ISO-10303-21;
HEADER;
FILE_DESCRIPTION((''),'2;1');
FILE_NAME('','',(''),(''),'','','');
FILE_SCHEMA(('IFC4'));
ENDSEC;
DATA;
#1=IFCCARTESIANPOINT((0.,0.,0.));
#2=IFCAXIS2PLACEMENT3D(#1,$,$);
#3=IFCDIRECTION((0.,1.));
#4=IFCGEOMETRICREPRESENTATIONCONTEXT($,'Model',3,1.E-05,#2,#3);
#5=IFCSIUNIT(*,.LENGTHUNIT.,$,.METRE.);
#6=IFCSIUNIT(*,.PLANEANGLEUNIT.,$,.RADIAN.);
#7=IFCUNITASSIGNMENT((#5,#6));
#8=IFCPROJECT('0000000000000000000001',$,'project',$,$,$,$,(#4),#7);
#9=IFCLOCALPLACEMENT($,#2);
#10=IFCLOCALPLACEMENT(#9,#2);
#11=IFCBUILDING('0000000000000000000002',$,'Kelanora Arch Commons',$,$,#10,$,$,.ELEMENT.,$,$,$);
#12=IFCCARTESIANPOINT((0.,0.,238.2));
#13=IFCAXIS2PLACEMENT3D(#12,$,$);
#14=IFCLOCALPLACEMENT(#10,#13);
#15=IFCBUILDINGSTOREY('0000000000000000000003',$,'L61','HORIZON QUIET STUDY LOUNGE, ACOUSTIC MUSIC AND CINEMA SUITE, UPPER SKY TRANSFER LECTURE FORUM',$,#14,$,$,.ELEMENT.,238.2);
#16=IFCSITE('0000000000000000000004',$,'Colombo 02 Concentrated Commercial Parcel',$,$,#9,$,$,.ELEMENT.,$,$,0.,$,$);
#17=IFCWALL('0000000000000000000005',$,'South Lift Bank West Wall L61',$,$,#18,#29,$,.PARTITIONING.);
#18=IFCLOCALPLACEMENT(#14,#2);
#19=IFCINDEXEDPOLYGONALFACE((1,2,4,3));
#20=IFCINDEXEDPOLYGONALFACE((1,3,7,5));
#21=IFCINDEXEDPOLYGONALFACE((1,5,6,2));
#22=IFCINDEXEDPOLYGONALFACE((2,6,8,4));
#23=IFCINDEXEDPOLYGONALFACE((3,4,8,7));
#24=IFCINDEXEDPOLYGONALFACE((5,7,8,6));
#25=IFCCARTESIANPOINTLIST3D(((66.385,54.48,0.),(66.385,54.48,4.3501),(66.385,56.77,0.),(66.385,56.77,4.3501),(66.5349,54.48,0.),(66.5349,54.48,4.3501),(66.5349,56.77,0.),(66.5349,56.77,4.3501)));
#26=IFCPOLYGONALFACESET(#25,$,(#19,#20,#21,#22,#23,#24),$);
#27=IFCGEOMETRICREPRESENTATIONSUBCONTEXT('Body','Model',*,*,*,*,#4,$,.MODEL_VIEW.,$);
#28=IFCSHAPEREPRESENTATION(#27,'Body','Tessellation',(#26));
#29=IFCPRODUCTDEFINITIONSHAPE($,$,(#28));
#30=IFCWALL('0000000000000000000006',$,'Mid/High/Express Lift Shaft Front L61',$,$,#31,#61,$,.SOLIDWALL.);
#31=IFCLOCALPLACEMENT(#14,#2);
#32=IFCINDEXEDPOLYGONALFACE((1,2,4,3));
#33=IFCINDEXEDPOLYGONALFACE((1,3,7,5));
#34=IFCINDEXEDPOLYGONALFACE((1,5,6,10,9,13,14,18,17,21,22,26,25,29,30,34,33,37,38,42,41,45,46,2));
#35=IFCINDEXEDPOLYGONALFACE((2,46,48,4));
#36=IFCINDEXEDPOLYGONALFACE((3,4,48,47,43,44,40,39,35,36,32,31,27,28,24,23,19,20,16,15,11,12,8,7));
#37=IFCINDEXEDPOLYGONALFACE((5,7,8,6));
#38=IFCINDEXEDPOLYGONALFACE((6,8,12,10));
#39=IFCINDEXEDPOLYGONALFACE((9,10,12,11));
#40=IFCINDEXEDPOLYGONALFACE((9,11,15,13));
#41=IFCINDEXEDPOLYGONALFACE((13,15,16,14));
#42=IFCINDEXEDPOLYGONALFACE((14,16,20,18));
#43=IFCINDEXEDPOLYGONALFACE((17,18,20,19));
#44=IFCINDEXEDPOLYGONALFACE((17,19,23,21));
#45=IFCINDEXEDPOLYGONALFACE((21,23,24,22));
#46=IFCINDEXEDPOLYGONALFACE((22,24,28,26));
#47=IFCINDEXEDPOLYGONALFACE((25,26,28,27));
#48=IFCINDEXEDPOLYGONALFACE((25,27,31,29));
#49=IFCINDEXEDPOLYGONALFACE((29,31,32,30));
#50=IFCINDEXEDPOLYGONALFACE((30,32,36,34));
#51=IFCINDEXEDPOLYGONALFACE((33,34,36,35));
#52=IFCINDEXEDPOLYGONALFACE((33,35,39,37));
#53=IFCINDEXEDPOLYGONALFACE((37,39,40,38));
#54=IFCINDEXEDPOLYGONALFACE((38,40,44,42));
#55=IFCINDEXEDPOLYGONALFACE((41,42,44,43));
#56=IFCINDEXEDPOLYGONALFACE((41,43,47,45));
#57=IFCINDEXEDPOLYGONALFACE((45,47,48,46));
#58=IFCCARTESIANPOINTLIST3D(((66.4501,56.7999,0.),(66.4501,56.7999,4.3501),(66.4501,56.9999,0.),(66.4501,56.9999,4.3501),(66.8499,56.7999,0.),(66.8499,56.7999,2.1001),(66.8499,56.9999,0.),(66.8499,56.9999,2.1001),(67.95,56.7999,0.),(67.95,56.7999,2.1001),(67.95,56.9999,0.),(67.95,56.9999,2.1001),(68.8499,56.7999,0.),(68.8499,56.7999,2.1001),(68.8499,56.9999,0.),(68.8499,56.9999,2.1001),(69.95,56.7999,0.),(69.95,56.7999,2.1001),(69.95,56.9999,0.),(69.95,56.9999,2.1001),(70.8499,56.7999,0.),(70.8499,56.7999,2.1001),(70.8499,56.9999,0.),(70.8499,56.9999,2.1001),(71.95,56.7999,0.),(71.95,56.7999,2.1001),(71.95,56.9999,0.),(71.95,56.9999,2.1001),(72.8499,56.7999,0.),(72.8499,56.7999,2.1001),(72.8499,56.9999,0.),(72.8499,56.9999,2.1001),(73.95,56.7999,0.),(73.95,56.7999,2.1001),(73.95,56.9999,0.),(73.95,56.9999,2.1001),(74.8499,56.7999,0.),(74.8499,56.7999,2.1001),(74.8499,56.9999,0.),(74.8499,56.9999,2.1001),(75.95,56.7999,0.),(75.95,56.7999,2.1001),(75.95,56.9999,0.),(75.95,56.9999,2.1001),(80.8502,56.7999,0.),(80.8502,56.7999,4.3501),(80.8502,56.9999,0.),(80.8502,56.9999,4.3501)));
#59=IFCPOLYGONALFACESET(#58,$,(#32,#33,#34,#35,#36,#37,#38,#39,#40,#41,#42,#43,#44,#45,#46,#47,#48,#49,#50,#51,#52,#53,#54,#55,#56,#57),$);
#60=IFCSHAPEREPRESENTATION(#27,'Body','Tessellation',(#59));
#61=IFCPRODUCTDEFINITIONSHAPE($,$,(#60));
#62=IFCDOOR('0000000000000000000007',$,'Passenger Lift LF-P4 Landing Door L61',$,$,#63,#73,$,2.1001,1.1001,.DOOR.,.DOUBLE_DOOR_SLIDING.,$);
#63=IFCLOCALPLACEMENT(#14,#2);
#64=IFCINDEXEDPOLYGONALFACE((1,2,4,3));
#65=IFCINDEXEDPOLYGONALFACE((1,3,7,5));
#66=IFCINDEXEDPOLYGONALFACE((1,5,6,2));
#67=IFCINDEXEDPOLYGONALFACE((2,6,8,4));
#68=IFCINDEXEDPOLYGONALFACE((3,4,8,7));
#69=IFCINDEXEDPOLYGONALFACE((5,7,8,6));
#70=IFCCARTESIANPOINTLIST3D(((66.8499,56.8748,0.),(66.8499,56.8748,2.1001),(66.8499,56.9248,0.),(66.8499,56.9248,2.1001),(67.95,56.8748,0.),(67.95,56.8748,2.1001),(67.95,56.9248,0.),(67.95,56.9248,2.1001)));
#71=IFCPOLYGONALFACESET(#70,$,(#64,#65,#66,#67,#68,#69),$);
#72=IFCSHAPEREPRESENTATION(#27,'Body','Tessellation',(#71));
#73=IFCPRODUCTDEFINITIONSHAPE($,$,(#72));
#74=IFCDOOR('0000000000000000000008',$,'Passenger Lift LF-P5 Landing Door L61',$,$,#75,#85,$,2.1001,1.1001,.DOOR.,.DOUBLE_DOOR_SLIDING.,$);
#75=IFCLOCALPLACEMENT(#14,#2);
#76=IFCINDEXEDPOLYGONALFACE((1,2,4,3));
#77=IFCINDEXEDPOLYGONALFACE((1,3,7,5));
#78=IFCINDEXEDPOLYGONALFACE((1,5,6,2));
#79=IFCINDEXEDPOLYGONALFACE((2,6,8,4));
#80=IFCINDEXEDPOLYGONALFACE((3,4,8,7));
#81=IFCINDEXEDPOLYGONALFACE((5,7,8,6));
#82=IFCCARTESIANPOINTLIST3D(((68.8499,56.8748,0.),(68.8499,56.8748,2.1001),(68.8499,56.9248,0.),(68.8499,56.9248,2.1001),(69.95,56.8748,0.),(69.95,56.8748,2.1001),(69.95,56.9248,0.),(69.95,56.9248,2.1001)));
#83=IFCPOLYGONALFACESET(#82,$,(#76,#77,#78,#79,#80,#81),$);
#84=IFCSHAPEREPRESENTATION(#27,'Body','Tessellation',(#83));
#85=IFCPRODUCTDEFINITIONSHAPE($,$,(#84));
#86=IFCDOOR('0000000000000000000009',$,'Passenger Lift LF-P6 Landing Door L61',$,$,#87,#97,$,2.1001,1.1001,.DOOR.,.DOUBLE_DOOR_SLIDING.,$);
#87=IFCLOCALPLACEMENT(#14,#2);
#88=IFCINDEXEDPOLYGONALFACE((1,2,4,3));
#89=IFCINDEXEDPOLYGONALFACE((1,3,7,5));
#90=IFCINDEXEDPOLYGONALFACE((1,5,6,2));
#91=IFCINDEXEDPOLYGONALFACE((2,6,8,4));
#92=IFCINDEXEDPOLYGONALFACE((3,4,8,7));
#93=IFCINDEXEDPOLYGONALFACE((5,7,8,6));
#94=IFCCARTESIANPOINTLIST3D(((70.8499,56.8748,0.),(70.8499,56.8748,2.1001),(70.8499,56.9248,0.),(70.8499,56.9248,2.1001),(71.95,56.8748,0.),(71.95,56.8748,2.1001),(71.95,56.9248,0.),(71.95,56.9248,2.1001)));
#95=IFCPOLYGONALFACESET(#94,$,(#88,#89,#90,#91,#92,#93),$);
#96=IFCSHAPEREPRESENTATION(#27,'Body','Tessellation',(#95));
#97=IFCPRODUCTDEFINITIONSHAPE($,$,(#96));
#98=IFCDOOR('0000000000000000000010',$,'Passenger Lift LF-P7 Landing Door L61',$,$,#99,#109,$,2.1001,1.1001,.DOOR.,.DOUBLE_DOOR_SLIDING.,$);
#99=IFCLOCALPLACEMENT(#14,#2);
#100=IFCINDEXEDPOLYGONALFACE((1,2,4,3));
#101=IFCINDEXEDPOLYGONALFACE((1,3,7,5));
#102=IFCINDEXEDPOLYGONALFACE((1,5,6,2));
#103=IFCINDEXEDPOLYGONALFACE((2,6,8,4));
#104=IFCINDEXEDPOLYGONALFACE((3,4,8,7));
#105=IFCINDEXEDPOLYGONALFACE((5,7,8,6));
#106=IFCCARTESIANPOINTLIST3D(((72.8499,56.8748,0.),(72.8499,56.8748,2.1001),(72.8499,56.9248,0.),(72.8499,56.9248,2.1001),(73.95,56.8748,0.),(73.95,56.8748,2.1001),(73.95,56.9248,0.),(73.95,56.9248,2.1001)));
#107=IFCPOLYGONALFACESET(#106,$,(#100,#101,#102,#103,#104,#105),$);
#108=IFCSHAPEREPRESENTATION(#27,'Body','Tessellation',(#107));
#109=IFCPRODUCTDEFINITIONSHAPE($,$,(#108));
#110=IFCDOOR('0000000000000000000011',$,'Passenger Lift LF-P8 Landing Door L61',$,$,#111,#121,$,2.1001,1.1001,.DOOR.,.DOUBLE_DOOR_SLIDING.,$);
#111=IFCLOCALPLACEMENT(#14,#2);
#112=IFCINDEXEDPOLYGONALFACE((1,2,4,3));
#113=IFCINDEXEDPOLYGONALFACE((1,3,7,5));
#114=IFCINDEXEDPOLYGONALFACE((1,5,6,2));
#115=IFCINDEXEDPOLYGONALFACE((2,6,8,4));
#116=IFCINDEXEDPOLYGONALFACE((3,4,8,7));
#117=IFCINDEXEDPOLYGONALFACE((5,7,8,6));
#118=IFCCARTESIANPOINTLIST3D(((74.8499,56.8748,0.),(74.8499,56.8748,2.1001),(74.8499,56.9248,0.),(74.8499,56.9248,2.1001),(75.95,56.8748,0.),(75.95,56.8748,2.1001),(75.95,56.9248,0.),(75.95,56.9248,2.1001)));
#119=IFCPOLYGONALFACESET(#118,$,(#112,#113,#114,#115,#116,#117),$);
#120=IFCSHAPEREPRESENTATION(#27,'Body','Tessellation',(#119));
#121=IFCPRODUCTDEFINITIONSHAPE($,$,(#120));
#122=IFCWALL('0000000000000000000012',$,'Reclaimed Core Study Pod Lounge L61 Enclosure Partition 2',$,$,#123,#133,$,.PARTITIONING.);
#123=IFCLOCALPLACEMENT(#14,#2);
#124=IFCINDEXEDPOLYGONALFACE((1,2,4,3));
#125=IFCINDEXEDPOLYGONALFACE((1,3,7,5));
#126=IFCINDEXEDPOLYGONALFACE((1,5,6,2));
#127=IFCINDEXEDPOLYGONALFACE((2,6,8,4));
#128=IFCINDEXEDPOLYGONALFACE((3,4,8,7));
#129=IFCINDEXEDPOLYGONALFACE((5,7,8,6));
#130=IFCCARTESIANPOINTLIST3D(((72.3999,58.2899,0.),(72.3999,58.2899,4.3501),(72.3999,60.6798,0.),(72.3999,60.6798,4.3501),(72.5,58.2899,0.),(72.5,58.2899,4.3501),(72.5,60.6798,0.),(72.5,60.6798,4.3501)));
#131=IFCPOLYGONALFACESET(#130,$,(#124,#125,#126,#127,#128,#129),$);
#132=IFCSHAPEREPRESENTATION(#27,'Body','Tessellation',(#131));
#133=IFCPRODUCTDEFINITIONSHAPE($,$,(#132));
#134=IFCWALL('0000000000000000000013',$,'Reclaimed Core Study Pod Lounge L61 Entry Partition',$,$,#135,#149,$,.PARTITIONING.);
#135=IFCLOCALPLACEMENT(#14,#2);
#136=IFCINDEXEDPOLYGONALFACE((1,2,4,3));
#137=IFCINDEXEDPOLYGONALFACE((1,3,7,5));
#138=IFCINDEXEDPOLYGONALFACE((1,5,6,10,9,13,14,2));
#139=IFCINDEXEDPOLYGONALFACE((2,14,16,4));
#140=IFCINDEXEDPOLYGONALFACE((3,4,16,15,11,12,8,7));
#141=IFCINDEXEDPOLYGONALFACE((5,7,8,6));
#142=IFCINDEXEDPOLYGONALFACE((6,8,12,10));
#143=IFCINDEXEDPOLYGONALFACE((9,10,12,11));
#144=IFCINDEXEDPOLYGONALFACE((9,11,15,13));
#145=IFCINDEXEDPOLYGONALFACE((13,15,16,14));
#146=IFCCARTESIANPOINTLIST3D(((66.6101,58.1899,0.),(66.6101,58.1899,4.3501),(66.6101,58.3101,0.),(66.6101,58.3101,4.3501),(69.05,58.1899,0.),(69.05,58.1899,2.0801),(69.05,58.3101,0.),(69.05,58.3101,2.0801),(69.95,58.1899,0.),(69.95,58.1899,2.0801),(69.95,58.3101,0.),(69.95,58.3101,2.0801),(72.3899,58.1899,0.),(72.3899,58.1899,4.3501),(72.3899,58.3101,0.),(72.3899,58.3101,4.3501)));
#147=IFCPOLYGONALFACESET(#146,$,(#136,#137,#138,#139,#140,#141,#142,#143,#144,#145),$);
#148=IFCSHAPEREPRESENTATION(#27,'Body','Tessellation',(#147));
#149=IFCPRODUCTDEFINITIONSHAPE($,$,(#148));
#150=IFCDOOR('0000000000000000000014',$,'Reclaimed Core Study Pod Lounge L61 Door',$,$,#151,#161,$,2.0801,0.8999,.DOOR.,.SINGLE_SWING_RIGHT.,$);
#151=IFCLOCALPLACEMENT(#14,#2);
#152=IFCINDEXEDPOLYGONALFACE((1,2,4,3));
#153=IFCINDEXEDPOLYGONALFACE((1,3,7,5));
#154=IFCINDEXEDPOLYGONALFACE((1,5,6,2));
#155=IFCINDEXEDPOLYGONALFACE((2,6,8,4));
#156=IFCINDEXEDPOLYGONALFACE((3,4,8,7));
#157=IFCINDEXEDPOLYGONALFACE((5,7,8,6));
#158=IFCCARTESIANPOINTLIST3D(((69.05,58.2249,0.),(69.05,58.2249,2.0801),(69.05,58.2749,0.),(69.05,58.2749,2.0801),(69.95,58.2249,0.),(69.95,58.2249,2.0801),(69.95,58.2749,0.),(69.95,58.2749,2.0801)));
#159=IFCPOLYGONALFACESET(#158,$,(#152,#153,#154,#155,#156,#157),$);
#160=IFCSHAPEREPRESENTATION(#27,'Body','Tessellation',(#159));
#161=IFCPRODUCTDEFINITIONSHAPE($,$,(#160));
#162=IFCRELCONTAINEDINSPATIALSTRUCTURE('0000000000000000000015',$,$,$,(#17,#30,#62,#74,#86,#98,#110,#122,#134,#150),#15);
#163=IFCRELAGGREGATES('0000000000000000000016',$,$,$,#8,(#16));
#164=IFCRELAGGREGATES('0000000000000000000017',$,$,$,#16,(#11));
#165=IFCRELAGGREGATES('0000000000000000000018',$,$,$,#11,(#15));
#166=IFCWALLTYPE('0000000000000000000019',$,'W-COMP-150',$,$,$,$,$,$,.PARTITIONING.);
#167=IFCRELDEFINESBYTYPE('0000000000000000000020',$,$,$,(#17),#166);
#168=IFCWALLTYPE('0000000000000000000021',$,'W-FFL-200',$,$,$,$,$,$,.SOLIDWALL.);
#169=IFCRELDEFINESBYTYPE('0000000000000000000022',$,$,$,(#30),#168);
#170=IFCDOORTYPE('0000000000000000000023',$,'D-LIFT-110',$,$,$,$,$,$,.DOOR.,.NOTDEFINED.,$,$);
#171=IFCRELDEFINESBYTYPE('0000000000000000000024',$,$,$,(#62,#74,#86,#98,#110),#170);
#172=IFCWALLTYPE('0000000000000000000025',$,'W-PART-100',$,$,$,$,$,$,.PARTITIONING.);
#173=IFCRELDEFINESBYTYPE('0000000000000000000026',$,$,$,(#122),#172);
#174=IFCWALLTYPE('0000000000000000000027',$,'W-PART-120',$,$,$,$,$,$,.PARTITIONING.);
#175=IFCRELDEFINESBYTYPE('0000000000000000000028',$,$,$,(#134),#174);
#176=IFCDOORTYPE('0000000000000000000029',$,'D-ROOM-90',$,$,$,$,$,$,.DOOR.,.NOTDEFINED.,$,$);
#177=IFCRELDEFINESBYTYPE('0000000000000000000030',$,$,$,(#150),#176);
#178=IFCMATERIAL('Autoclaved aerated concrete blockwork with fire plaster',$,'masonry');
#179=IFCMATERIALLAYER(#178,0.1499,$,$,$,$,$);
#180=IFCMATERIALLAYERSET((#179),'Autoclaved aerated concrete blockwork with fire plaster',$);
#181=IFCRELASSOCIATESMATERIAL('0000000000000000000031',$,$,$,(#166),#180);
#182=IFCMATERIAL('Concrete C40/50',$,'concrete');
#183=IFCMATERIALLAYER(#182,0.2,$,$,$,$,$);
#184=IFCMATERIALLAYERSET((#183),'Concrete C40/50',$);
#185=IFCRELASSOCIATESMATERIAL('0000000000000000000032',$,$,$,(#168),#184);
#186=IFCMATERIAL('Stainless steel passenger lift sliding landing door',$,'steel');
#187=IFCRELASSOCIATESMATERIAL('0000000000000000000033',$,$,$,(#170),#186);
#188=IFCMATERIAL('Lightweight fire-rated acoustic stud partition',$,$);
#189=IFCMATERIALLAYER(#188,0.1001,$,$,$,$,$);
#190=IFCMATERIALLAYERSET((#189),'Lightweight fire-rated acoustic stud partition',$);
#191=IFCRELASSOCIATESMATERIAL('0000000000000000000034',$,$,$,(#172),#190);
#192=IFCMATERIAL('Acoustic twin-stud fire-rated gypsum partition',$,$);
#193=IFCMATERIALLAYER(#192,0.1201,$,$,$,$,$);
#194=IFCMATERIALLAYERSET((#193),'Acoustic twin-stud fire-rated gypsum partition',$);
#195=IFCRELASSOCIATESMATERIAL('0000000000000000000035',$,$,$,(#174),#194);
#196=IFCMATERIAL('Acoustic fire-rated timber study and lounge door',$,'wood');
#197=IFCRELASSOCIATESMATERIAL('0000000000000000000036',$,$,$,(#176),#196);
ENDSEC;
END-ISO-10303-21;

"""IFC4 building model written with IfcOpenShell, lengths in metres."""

from ifc_helpers import new_model, si_unit, direction, frame, frame_2d, origin, place, context, subcontext, project, spatial, rectangle, extrude, material, layer, layer_set, type_object, element, fill, save


model = new_model("IFC4")

# Units and contexts
model_context = context("Model", 3, precision=1e-05, world=origin(), true_north=direction((0.0, 1.0)))
body_context = subcontext(model_context, "Body", "Model", "MODEL_VIEW")
ifc_project = project(units=[si_unit("LENGTHUNIT", "METRE"), si_unit("PLANEANGLEUNIT", "RADIAN")], contexts=[model_context])

# Site, building, storey
site_placement = place(None, origin())
site = spatial("IfcSite", under=ifc_project, at=site_placement, Name="Colombo 02 Concentrated Commercial Parcel", CompositionType="ELEMENT", RefElevation=0.0)
building_placement = place(site_placement, origin())
building = spatial("IfcBuilding", under=site, at=building_placement, Name="Kelanora Arch Commons", CompositionType="ELEMENT")
storey_placement = place(building_placement, frame((0.0, 0.0, 238.2)))
storey = spatial("IfcBuildingStorey", under=building, at=storey_placement, Name="L61", Description="HORIZON QUIET STUDY LOUNGE, ACOUSTIC MUSIC AND CINEMA SUITE, UPPER SKY TRANSFER LECTURE FORUM", CompositionType="ELEMENT", Elevation=238.2)

# Wall
ifc_material_1 = material(Name="Autoclaved aerated concrete blockwork with fire plaster", Category="masonry")
ifc_layer_1 = layer(ifc_material_1, 0.1499)
ifc_layer_set_1 = layer_set([ifc_layer_1], Name="Autoclaved aerated concrete blockwork with fire plaster")
wall_type_1 = type_object("IfcWallType", Name="W-COMP-150", PredefinedType="PARTITIONING", material=ifc_layer_set_1)
wall_1_placement = place(storey_placement, frame((66.46, 54.48, 0.0), z_axis=(0.0, 0.0, 1.0), x_axis=(0.0, 1.0, 0.0)))
element("IfcWall", 1, at=wall_1_placement, inside=storey, type_object=wall_type_1, Name="South Lift Bank West Wall L61", PredefinedType="PARTITIONING", context=body_context, shape_type="SweptSolid", body=[
    extrude(rectangle(XDim=2.29, YDim=0.1499, at=frame_2d((1.145, 0.0))), origin(), (0.0, 0.0, 1.0), 4.3501),
])

# Wall, openings, doors
ifc_material_2 = material(Name="Concrete C40/50", Category="concrete")
ifc_layer_2 = layer(ifc_material_2, 0.2)
ifc_layer_set_2 = layer_set([ifc_layer_2], Name="Concrete C40/50")
wall_type_2 = type_object("IfcWallType", Name="W-FFL-200", PredefinedType="SOLIDWALL", material=ifc_layer_set_2)
wall_2_placement = place(storey_placement, frame((66.45, 56.8999, 0.0), z_axis=(0.0, 0.0, 1.0), x_axis=(1.0, 0.0, 0.0)))
wall_2 = element("IfcWall", 2, at=wall_2_placement, inside=storey, type_object=wall_type_2, Name="Mid/High/Express Lift Shaft Front L61", PredefinedType="SOLIDWALL", context=body_context, shape_type="SweptSolid", body=[
    extrude(rectangle(XDim=14.4001, YDim=0.2, at=frame_2d((7.2002, 0.0))), origin(), (0.0, 0.0, 1.0), 4.3501),
])
opening_1_placement = place(wall_2_placement, frame((0.3999, 0.0, 0.0)))
opening_1 = element("IfcOpeningElement", 3, at=opening_1_placement, cuts=wall_2, PredefinedType="OPENING", context=body_context, shape_type="SweptSolid", body=[
    extrude(rectangle(XDim=1.1001, YDim=2.1001, at=frame_2d((0.55, 1.05))), frame((0.0, 0.1099, 0.0), z_axis=(0.0, -1.0, 0.0), x_axis=(1.0, 0.0, 0.0)), (0.0, 0.0, 1.0), 0.22),
])
opening_2_placement = place(wall_2_placement, frame((2.3999, 0.0, 0.0)))
opening_2 = element("IfcOpeningElement", 4, at=opening_2_placement, cuts=wall_2, PredefinedType="OPENING", context=body_context, shape_type="SweptSolid", body=[
    extrude(rectangle(XDim=1.1001, YDim=2.1001, at=frame_2d((0.55, 1.05))), frame((0.0, 0.1099, 0.0), z_axis=(0.0, -1.0, 0.0), x_axis=(1.0, 0.0, 0.0)), (0.0, 0.0, 1.0), 0.22),
])
opening_3_placement = place(wall_2_placement, frame((4.3999, 0.0, 0.0)))
opening_3 = element("IfcOpeningElement", 5, at=opening_3_placement, cuts=wall_2, PredefinedType="OPENING", context=body_context, shape_type="SweptSolid", body=[
    extrude(rectangle(XDim=1.1001, YDim=2.1001, at=frame_2d((0.55, 1.05))), frame((0.0, 0.1099, 0.0), z_axis=(0.0, -1.0, 0.0), x_axis=(1.0, 0.0, 0.0)), (0.0, 0.0, 1.0), 0.22),
])
opening_4_placement = place(wall_2_placement, frame((6.3999, 0.0, 0.0)))
opening_4 = element("IfcOpeningElement", 6, at=opening_4_placement, cuts=wall_2, PredefinedType="OPENING", context=body_context, shape_type="SweptSolid", body=[
    extrude(rectangle(XDim=1.1001, YDim=2.1001, at=frame_2d((0.55, 1.05))), frame((0.0, 0.1099, 0.0), z_axis=(0.0, -1.0, 0.0), x_axis=(1.0, 0.0, 0.0)), (0.0, 0.0, 1.0), 0.22),
])
opening_5_placement = place(wall_2_placement, frame((8.3999, 0.0, 0.0)))
opening_5 = element("IfcOpeningElement", 7, at=opening_5_placement, cuts=wall_2, PredefinedType="OPENING", context=body_context, shape_type="SweptSolid", body=[
    extrude(rectangle(XDim=1.1001, YDim=2.1001, at=frame_2d((0.55, 1.05))), frame((0.0, 0.1099, 0.0), z_axis=(0.0, -1.0, 0.0), x_axis=(1.0, 0.0, 0.0)), (0.0, 0.0, 1.0), 0.22),
])
ifc_material_3 = material(Name="Stainless steel passenger lift sliding landing door", Category="steel")
door_type_1 = type_object("IfcDoorType", Name="D-LIFT-110", OperationType="NOTDEFINED", PredefinedType="DOOR", material=ifc_material_3)
door_1_placement = place(opening_1_placement, origin())
door_1 = element("IfcDoor", 8, at=door_1_placement, inside=storey, type_object=door_type_1, Name="Passenger Lift LF-P4 Landing Door L61", OperationType="DOUBLE_DOOR_SLIDING", OverallHeight=2.1001, OverallWidth=1.1001, PredefinedType="DOOR", context=body_context, shape_type="SweptSolid", body=[
    extrude(rectangle(XDim=1.1001, YDim=2.1001, at=frame_2d((0.55, 1.05))), frame((0.0, 0.0249, 0.0), z_axis=(0.0, -1.0, 0.0), x_axis=(1.0, 0.0, 0.0)), (0.0, 0.0, 1.0), 0.05),
])
fill(opening_1, door_1)
door_2_placement = place(opening_2_placement, origin())
door_2 = element("IfcDoor", 9, at=door_2_placement, inside=storey, type_object=door_type_1, Name="Passenger Lift LF-P5 Landing Door L61", OperationType="DOUBLE_DOOR_SLIDING", OverallHeight=2.1001, OverallWidth=1.1001, PredefinedType="DOOR", context=body_context, shape_type="SweptSolid", body=[
    extrude(rectangle(XDim=1.1001, YDim=2.1001, at=frame_2d((0.55, 1.05))), frame((0.0, 0.0249, 0.0), z_axis=(0.0, -1.0, 0.0), x_axis=(1.0, 0.0, 0.0)), (0.0, 0.0, 1.0), 0.05),
])
fill(opening_2, door_2)
door_3_placement = place(opening_3_placement, origin())
door_3 = element("IfcDoor", 10, at=door_3_placement, inside=storey, type_object=door_type_1, Name="Passenger Lift LF-P6 Landing Door L61", OperationType="DOUBLE_DOOR_SLIDING", OverallHeight=2.1001, OverallWidth=1.1001, PredefinedType="DOOR", context=body_context, shape_type="SweptSolid", body=[
    extrude(rectangle(XDim=1.1001, YDim=2.1001, at=frame_2d((0.55, 1.05))), frame((0.0, 0.0249, 0.0), z_axis=(0.0, -1.0, 0.0), x_axis=(1.0, 0.0, 0.0)), (0.0, 0.0, 1.0), 0.05),
])
fill(opening_3, door_3)
door_4_placement = place(opening_4_placement, origin())
door_4 = element("IfcDoor", 11, at=door_4_placement, inside=storey, type_object=door_type_1, Name="Passenger Lift LF-P7 Landing Door L61", OperationType="DOUBLE_DOOR_SLIDING", OverallHeight=2.1001, OverallWidth=1.1001, PredefinedType="DOOR", context=body_context, shape_type="SweptSolid", body=[
    extrude(rectangle(XDim=1.1001, YDim=2.1001, at=frame_2d((0.55, 1.05))), frame((0.0, 0.0249, 0.0), z_axis=(0.0, -1.0, 0.0), x_axis=(1.0, 0.0, 0.0)), (0.0, 0.0, 1.0), 0.05),
])
fill(opening_4, door_4)
door_5_placement = place(opening_5_placement, origin())
door_5 = element("IfcDoor", 12, at=door_5_placement, inside=storey, type_object=door_type_1, Name="Passenger Lift LF-P8 Landing Door L61", OperationType="DOUBLE_DOOR_SLIDING", OverallHeight=2.1001, OverallWidth=1.1001, PredefinedType="DOOR", context=body_context, shape_type="SweptSolid", body=[
    extrude(rectangle(XDim=1.1001, YDim=2.1001, at=frame_2d((0.55, 1.05))), frame((0.0, 0.0249, 0.0), z_axis=(0.0, -1.0, 0.0), x_axis=(1.0, 0.0, 0.0)), (0.0, 0.0, 1.0), 0.05),
])
fill(opening_5, door_5)

# Wall
ifc_material_4 = material(Name="Lightweight fire-rated acoustic stud partition")
ifc_layer_3 = layer(ifc_material_4, 0.1001)
ifc_layer_set_3 = layer_set([ifc_layer_3], Name="Lightweight fire-rated acoustic stud partition")
wall_type_3 = type_object("IfcWallType", Name="W-PART-100", PredefinedType="PARTITIONING", material=ifc_layer_set_3)
wall_3_placement = place(storey_placement, frame((72.45, 58.29, 0.0), z_axis=(0.0, 0.0, 1.0), x_axis=(0.0, 1.0, 0.0)))
element("IfcWall", 13, at=wall_3_placement, inside=storey, type_object=wall_type_3, Name="Reclaimed Core Study Pod Lounge L61 Enclosure Partition 2", PredefinedType="PARTITIONING", context=body_context, shape_type="SweptSolid", body=[
    extrude(rectangle(XDim=2.3899, YDim=0.1001, at=frame_2d((1.1948, 0.0))), origin(), (0.0, 0.0, 1.0), 4.3501),
])

# Wall, opening, door
ifc_material_5 = material(Name="Acoustic twin-stud fire-rated gypsum partition")
ifc_layer_4 = layer(ifc_material_5, 0.1201)
ifc_layer_set_4 = layer_set([ifc_layer_4], Name="Acoustic twin-stud fire-rated gypsum partition")
wall_type_4 = type_object("IfcWallType", Name="W-PART-120", PredefinedType="PARTITIONING", material=ifc_layer_set_4)
wall_4_placement = place(storey_placement, frame((66.6101, 58.25, 0.0), z_axis=(0.0, 0.0, 1.0), x_axis=(1.0, 0.0, 0.0)))
wall_4 = element("IfcWall", 14, at=wall_4_placement, inside=storey, type_object=wall_type_4, Name="Reclaimed Core Study Pod Lounge L61 Entry Partition", PredefinedType="PARTITIONING", context=body_context, shape_type="SweptSolid", body=[
    extrude(rectangle(XDim=5.7798, YDim=0.1201, at=frame_2d((2.8899, 0.0))), origin(), (0.0, 0.0, 1.0), 4.3501),
])
opening_6_placement = place(wall_4_placement, frame((2.4399, 0.0, 0.0)))
opening_6 = element("IfcOpeningElement", 15, at=opening_6_placement, cuts=wall_4, PredefinedType="OPENING", context=body_context, shape_type="SweptSolid", body=[
    extrude(rectangle(XDim=0.8999, YDim=2.0801, at=frame_2d((0.45, 1.04))), frame((0.0, 0.0701, 0.0), z_axis=(0.0, -1.0, 0.0), x_axis=(1.0, 0.0, 0.0)), (0.0, 0.0, 1.0), 0.1401),
])
ifc_material_6 = material(Name="Acoustic fire-rated timber study and lounge door", Category="wood")
door_type_2 = type_object("IfcDoorType", Name="D-ROOM-90", OperationType="NOTDEFINED", PredefinedType="DOOR", material=ifc_material_6)
door_6_placement = place(opening_6_placement, origin())
door_6 = element("IfcDoor", 16, at=door_6_placement, inside=storey, type_object=door_type_2, Name="Reclaimed Core Study Pod Lounge L61 Door", OperationType="SINGLE_SWING_RIGHT", OverallHeight=2.0801, OverallWidth=0.8999, PredefinedType="DOOR", context=body_context, shape_type="SweptSolid", body=[
    extrude(rectangle(XDim=0.8999, YDim=2.0801, at=frame_2d((0.45, 1.04))), frame((0.0, 0.0249, 0.0), z_axis=(0.0, -1.0, 0.0), x_axis=(1.0, 0.0, 0.0)), (0.0, 0.0, 1.0), 0.05),
])
fill(opening_6, door_6)

save(model, "model.ifc")
